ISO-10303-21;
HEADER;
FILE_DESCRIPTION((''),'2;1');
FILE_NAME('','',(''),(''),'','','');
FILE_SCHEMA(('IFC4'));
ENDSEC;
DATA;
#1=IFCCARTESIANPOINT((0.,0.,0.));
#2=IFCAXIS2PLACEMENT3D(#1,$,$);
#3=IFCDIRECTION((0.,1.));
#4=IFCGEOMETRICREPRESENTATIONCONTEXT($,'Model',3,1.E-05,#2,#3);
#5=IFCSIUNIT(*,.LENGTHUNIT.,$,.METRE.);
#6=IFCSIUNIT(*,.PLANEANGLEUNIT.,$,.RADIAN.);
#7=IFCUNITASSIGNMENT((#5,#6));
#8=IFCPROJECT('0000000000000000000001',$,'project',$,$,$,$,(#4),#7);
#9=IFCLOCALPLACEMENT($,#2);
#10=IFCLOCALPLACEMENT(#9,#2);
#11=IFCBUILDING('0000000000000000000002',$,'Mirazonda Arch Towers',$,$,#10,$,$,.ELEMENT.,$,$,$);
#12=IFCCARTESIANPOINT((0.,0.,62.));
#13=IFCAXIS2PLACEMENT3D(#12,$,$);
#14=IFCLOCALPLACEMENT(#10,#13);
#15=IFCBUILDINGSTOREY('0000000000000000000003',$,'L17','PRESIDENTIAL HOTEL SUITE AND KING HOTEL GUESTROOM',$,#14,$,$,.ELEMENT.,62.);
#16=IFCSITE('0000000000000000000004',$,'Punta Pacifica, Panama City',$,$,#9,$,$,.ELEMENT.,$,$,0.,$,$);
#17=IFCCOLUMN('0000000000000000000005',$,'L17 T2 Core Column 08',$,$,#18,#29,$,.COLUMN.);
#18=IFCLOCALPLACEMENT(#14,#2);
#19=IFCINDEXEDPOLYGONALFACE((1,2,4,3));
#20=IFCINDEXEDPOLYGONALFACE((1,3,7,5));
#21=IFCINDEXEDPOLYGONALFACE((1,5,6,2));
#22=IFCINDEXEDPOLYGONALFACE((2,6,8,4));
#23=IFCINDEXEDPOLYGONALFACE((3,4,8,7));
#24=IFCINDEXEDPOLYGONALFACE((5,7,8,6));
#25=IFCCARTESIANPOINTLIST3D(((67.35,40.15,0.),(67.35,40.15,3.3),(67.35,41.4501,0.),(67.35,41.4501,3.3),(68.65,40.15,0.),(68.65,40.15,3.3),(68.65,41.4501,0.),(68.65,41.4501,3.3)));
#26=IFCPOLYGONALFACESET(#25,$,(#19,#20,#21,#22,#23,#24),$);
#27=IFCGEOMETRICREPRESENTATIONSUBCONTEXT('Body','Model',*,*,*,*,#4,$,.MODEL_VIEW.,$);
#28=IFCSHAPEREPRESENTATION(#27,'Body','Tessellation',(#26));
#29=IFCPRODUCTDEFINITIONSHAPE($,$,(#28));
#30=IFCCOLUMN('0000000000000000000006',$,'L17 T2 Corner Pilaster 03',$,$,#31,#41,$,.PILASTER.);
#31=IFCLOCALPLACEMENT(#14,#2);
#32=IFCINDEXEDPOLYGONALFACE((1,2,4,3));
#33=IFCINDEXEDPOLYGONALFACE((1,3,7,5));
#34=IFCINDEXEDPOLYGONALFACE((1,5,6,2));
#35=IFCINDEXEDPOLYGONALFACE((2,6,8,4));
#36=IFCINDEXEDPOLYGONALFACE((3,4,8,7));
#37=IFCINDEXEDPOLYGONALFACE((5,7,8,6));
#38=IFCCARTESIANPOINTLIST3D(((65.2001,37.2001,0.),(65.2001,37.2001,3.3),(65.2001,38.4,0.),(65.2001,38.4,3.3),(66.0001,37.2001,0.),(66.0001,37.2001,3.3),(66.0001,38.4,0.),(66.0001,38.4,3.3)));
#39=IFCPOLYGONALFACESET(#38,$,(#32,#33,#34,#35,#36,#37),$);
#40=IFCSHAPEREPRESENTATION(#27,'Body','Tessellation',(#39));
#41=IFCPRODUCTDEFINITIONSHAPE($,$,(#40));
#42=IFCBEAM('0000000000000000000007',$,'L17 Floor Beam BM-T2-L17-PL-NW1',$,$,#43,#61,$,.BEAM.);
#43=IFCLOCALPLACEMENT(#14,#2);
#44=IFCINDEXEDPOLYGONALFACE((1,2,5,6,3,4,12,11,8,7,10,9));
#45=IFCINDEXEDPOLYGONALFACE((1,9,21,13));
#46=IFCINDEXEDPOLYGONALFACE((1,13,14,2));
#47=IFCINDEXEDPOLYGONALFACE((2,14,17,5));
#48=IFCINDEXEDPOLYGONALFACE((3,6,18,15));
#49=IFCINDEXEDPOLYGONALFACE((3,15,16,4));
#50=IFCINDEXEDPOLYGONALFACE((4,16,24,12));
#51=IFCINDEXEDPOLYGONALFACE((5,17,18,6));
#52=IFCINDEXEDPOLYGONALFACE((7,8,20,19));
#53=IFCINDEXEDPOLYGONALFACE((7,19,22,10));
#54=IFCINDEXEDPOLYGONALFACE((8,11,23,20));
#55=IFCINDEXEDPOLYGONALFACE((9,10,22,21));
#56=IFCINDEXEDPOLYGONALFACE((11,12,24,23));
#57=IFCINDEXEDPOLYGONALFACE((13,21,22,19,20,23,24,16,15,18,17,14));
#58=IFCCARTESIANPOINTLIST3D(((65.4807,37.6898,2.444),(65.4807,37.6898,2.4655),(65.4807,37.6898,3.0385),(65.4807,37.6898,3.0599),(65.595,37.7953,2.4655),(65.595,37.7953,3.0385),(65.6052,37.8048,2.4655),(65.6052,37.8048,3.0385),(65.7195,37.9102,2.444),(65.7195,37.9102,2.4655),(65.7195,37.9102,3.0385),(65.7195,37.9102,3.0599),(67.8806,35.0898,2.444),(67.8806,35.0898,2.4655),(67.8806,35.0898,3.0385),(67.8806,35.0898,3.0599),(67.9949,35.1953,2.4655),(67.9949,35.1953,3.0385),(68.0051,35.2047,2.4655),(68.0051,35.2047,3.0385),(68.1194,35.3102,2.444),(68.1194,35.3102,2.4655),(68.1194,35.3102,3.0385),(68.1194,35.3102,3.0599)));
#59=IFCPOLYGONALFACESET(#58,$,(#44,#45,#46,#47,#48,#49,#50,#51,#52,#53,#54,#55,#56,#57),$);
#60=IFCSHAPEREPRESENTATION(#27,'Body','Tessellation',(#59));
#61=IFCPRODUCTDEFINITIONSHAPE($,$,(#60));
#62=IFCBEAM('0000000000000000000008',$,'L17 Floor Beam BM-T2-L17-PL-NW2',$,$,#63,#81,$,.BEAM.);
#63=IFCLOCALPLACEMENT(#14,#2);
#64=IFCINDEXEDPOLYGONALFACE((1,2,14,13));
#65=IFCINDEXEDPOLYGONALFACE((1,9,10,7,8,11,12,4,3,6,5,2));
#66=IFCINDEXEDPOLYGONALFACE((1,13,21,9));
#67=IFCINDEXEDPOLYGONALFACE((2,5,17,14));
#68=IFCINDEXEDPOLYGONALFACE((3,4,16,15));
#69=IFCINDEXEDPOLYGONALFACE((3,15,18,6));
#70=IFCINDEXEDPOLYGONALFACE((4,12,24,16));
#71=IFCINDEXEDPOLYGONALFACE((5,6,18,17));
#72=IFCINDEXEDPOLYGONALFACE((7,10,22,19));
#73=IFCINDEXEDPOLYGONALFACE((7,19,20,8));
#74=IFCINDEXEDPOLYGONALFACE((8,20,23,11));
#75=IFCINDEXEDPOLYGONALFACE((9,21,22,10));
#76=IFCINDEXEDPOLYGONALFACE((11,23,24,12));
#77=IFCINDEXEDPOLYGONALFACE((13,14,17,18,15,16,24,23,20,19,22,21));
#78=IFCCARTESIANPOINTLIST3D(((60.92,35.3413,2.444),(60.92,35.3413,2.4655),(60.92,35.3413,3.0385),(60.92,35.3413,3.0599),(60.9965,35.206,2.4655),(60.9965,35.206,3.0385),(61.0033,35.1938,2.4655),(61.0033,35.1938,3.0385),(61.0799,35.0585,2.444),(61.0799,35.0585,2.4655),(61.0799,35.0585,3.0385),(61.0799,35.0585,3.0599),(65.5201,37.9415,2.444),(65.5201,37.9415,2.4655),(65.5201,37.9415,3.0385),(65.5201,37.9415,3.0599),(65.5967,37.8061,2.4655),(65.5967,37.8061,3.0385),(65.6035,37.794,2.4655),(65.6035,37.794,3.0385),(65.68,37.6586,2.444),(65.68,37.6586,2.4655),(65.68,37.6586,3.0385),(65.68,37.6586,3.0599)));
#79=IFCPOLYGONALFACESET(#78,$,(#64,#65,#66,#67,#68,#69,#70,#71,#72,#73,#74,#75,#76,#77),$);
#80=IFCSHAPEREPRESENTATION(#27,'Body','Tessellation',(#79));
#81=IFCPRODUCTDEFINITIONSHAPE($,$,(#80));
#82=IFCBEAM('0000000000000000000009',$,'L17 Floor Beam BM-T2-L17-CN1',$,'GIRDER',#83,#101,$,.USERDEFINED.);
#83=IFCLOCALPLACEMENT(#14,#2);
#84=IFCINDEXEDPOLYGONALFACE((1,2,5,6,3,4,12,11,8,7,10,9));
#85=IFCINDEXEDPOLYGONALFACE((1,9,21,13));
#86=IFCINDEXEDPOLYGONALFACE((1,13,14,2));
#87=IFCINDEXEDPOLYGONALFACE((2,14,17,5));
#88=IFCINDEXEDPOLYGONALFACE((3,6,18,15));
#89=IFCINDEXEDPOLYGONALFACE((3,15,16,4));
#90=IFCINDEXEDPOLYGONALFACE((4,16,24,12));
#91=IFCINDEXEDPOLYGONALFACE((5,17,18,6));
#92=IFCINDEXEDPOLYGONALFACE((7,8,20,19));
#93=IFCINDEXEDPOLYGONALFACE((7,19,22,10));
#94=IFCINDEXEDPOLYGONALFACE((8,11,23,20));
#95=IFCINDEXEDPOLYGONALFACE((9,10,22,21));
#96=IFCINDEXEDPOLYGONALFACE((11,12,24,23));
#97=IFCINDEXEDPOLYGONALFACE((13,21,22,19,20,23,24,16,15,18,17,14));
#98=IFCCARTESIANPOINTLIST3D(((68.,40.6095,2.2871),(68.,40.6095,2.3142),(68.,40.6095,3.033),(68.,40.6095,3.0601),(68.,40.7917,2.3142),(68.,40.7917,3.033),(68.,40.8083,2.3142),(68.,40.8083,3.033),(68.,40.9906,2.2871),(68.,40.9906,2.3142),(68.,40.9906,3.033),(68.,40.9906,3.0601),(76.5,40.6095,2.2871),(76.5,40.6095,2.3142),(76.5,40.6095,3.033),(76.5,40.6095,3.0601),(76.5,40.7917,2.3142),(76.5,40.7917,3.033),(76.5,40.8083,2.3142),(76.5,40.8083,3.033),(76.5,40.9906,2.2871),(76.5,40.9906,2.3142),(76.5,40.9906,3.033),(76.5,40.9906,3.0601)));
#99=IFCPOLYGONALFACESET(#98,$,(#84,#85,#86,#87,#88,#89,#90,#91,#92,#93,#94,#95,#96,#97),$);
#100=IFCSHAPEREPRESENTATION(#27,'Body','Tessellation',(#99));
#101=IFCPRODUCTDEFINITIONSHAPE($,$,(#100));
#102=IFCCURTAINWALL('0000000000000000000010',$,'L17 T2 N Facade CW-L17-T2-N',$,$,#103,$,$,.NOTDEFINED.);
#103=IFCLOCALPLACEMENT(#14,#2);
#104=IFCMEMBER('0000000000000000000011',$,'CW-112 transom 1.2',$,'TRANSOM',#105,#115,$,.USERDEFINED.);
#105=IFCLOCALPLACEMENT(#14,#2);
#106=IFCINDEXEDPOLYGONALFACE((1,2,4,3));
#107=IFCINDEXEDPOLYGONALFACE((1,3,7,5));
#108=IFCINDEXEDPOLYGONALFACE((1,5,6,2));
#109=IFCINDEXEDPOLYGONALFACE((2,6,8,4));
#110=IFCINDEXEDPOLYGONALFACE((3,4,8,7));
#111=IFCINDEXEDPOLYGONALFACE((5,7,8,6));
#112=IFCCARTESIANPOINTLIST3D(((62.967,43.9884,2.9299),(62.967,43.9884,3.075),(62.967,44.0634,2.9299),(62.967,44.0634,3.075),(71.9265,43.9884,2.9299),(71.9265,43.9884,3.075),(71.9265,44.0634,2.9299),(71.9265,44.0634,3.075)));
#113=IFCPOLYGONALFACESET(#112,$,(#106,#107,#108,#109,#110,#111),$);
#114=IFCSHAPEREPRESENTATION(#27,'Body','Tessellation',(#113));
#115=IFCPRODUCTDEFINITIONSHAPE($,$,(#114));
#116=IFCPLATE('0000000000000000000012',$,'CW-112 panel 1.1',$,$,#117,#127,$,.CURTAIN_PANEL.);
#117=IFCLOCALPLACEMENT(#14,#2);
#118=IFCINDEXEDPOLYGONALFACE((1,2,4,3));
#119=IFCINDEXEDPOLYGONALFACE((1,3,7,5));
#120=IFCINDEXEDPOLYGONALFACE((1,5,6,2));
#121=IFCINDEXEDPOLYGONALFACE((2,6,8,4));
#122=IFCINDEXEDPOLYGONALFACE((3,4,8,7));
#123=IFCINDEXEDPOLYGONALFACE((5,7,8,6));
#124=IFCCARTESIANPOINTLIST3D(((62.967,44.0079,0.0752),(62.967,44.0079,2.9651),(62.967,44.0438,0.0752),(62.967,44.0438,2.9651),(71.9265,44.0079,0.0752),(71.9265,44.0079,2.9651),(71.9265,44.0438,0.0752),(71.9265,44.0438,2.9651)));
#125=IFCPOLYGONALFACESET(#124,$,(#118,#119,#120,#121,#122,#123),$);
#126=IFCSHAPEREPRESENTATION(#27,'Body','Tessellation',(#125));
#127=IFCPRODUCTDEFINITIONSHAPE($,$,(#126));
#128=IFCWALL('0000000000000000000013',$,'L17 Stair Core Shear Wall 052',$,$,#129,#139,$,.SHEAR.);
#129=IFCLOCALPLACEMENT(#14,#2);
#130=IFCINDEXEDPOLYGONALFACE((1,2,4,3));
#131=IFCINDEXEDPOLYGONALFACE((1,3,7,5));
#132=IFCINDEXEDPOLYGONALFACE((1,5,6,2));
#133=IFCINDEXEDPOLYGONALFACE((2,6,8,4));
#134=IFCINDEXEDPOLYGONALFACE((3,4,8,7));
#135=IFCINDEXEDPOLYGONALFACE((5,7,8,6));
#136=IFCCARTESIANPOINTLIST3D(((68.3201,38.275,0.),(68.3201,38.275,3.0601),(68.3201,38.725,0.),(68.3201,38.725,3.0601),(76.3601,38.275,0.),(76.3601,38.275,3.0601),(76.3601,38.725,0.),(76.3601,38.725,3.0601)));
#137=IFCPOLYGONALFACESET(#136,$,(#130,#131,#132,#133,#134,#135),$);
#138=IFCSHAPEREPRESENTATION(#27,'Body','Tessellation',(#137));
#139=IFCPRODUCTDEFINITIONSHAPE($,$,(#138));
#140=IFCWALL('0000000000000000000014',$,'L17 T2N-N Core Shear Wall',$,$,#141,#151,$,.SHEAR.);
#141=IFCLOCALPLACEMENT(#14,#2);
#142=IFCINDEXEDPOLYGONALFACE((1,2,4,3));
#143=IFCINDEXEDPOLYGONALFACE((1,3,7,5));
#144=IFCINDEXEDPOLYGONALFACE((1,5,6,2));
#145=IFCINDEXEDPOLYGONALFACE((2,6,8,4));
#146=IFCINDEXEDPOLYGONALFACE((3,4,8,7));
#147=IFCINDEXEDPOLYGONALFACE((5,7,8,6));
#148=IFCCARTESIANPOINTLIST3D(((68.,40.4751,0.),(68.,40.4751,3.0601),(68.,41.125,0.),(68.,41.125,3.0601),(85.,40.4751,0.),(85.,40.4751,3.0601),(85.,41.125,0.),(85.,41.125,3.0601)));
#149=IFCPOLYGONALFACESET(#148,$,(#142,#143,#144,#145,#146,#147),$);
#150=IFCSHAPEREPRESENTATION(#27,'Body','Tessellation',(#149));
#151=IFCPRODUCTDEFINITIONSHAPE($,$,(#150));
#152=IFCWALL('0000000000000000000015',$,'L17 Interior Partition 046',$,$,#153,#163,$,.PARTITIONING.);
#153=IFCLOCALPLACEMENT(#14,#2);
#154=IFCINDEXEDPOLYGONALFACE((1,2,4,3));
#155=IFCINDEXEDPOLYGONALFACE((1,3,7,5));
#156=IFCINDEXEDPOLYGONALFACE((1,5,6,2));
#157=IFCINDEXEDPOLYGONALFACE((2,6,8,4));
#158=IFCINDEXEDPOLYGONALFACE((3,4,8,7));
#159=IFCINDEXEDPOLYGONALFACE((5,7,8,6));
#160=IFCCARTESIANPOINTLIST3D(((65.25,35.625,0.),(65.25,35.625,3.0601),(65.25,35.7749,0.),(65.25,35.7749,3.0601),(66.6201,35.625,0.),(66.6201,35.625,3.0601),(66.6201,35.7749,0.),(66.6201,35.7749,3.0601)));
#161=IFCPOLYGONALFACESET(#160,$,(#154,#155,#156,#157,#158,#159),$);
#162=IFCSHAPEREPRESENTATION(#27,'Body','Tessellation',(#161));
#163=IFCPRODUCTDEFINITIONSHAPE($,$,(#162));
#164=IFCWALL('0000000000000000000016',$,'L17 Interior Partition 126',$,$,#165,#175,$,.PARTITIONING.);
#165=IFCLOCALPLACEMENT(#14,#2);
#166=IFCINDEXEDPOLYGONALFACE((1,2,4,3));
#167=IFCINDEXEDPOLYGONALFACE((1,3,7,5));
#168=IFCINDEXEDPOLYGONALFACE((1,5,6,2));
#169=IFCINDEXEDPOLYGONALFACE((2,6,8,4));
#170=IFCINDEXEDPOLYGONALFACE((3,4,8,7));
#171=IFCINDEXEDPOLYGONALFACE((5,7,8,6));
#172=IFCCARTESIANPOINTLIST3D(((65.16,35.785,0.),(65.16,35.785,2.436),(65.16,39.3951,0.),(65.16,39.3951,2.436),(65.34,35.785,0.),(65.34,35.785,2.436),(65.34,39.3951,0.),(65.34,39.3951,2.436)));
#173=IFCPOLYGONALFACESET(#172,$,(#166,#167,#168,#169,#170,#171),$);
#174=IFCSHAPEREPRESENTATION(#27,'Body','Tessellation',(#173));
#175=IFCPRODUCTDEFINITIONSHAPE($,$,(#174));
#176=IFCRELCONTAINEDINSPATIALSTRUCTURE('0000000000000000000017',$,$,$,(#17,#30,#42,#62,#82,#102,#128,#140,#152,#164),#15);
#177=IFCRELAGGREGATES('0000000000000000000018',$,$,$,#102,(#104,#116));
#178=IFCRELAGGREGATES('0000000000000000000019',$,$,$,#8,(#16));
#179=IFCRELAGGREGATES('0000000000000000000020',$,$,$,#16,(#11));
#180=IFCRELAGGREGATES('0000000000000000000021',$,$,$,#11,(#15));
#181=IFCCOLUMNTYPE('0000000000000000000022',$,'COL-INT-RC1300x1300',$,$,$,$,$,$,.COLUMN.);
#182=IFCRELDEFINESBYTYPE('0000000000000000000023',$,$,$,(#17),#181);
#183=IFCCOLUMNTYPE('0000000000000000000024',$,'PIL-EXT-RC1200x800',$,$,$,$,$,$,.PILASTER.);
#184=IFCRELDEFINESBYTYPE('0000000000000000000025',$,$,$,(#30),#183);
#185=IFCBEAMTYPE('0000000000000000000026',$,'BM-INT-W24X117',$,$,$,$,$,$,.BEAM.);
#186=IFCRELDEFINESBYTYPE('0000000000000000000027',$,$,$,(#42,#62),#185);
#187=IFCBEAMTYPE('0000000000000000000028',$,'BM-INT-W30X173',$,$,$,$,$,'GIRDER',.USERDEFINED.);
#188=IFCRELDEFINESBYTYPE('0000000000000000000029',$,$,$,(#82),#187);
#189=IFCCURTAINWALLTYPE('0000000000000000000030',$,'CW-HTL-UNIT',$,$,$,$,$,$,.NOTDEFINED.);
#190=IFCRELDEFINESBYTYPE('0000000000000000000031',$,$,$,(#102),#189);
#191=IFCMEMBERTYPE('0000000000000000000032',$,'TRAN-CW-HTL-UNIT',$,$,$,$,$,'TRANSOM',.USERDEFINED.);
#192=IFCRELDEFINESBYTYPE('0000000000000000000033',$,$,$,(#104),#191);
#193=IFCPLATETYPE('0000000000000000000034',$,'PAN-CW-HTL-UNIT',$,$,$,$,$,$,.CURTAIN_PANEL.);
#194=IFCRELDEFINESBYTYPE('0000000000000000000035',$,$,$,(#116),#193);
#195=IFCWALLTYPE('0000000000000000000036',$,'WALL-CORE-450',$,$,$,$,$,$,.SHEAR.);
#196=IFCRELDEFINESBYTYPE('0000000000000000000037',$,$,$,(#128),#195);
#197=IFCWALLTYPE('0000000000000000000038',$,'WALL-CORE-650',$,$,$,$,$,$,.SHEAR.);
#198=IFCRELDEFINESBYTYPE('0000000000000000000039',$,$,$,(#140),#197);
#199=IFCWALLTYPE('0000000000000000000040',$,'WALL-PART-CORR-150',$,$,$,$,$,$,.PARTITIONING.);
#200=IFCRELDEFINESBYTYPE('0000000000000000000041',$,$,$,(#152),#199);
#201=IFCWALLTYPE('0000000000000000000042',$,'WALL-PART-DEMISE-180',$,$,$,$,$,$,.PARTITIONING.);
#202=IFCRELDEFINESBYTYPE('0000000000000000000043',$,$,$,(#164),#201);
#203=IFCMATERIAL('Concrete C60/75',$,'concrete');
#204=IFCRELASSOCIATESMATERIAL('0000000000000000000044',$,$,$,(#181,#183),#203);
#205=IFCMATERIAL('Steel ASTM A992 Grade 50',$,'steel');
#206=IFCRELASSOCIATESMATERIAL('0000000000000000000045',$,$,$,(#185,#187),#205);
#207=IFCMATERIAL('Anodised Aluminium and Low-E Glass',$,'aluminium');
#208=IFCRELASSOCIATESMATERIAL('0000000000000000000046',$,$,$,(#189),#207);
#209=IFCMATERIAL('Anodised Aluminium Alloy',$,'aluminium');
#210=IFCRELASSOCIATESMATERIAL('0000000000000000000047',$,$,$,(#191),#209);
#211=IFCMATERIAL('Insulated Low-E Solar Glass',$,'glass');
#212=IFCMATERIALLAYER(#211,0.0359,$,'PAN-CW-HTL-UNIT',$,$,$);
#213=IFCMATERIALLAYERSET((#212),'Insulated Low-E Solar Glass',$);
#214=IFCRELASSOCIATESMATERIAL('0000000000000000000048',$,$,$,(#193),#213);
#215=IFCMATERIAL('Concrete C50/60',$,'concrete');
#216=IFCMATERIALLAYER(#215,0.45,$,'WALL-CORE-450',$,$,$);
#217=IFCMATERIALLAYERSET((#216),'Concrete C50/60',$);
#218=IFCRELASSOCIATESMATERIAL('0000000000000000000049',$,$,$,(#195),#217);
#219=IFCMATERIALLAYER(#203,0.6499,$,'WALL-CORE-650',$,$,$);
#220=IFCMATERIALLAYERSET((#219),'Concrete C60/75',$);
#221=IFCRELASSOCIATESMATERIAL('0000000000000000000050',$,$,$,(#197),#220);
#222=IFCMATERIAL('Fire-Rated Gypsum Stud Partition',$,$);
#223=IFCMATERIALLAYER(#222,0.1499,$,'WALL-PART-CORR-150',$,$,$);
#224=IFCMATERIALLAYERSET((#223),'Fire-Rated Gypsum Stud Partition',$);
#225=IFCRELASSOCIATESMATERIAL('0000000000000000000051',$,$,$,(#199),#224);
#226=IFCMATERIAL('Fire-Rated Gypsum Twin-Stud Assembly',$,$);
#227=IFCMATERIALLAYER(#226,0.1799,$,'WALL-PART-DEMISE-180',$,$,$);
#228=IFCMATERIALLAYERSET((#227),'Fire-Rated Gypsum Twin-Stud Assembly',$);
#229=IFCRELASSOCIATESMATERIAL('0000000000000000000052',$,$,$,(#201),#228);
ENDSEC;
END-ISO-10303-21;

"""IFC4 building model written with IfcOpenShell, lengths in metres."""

from ifc_helpers import new_model, si_unit, direction, frame, frame_2d, origin, origin_2d, place, context, subcontext, project, spatial, rectangle, i_section, extrude, material, layer, layer_set, material_profile, profile_set, type_object, element, aggregate, save


model = new_model("IFC4")

# Units and contexts
model_context = context("Model", 3, precision=1e-05, world=origin(), true_north=direction((0.0, 1.0)))
body_context = subcontext(model_context, "Body", "Model", "MODEL_VIEW")
ifc_project = project(units=[si_unit("LENGTHUNIT", "METRE"), si_unit("PLANEANGLEUNIT", "RADIAN")], contexts=[model_context])

# Site, building, storey
site_placement = place(None, origin())
site = spatial("IfcSite", under=ifc_project, at=site_placement, Name="Punta Pacifica, Panama City", CompositionType="ELEMENT", RefElevation=0.0)
building_placement = place(site_placement, origin())
building = spatial("IfcBuilding", under=site, at=building_placement, Name="Mirazonda Arch Towers", CompositionType="ELEMENT")
storey_placement = place(building_placement, frame((0.0, 0.0, 62.0)))
storey = spatial("IfcBuildingStorey", under=building, at=storey_placement, Name="L17", Description="PRESIDENTIAL HOTEL SUITE AND KING HOTEL GUESTROOM", CompositionType="ELEMENT", Elevation=62.0)

# Columns
ifc_material_1 = material(Name="Concrete C60/75", Category="concrete")
ifc_material_profile_1 = material_profile(ifc_material_1, rectangle(XDim=1.3, YDim=1.3, at=origin_2d()), Name="RC1300x1300")
ifc_profile_set_1 = profile_set([ifc_material_profile_1], Name="Concrete C60/75")
column_type_1 = type_object("IfcColumnType", Name="COL-INT-RC1300x1300", PredefinedType="COLUMN", material=ifc_profile_set_1)
column_1_placement = place(storey_placement, frame((68.0, 40.8, 0.0), z_axis=(0.0, 0.0, 1.0), x_axis=(1.0, 0.0, 0.0)))
element("IfcColumn", 1, at=column_1_placement, inside=storey, type_object=column_type_1, Name="L17 T2 Core Column 08", PredefinedType="COLUMN", context=body_context, shape_type="SweptSolid", body=[
    extrude(rectangle(XDim=1.3, YDim=1.3, at=origin_2d()), origin(), (0.0, 0.0, 1.0), 3.3),
])
ifc_material_profile_2 = material_profile(ifc_material_1, rectangle(XDim=0.8, YDim=1.2, at=origin_2d()), Name="RC1200x800")
ifc_profile_set_2 = profile_set([ifc_material_profile_2], Name="Concrete C60/75")
column_type_2 = type_object("IfcColumnType", Name="PIL-EXT-RC1200x800", PredefinedType="PILASTER", material=ifc_profile_set_2)
column_2_placement = place(storey_placement, frame((65.6001, 37.8, 0.0), z_axis=(0.0, 0.0, 1.0), x_axis=(1.0, 0.0, 0.0)))
element("IfcColumn", 2, at=column_2_placement, inside=storey, type_object=column_type_2, Name="L17 T2 Corner Pilaster 03", PredefinedType="PILASTER", context=body_context, shape_type="SweptSolid", body=[
    extrude(rectangle(XDim=0.8, YDim=1.2, at=origin_2d()), origin(), (0.0, 0.0, 1.0), 3.3),
])

# Beams
ifc_material_2 = material(Name="Steel ASTM A992 Grade 50", Category="steel")
ifc_material_profile_3 = material_profile(ifc_material_2, i_section(OverallWidth=0.325, OverallDepth=0.616, WebThickness=0.0139, FlangeThickness=0.0215, at=origin_2d()), Name="W24X117")
ifc_profile_set_3 = profile_set([ifc_material_profile_3], Name="Steel ASTM A992 Grade 50")
beam_type_1 = type_object("IfcBeamType", Name="BM-INT-W24X117", PredefinedType="BEAM", material=ifc_profile_set_3)
beam_1_placement = place(storey_placement, frame((65.6001, 37.8, 2.752), z_axis=(0.678251, -0.73483, 0.0), x_axis=(0.73483, 0.678251, 0.0)))
element("IfcBeam", 3, at=beam_1_placement, inside=storey, type_object=beam_type_1, Name="L17 Floor Beam BM-T2-L17-PL-NW1", PredefinedType="BEAM", context=body_context, shape_type="SweptSolid", body=[
    extrude(i_section(OverallWidth=0.325, OverallDepth=0.616, WebThickness=0.0139, FlangeThickness=0.0215, at=origin_2d()), origin(), (0.0, 0.0, 1.0), 3.5383),
])
beam_2_placement = place(storey_placement, frame((65.6001, 37.8, 2.752), z_axis=(-0.870559, -0.492063, 0.0), x_axis=(0.492063, -0.870559, 0.0)))
element("IfcBeam", 4, at=beam_2_placement, inside=storey, type_object=beam_type_1, Name="L17 Floor Beam BM-T2-L17-PL-NW2", PredefinedType="BEAM", context=body_context, shape_type="SweptSolid", body=[
    extrude(i_section(OverallWidth=0.325, OverallDepth=0.616, WebThickness=0.0139, FlangeThickness=0.0215, at=origin_2d()), origin(), (0.0, 0.0, 1.0), 5.2842),
])
ifc_material_profile_4 = material_profile(ifc_material_2, i_section(OverallWidth=0.3811, OverallDepth=0.7729, WebThickness=0.0166, FlangeThickness=0.0271, at=origin_2d()), Name="W30X173")
ifc_profile_set_4 = profile_set([ifc_material_profile_4], Name="Steel ASTM A992 Grade 50")
beam_type_2 = type_object("IfcBeamType", Name="BM-INT-W30X173", ElementType="GIRDER", PredefinedType="USERDEFINED", material=ifc_profile_set_4)
beam_3_placement = place(storey_placement, frame((68.0, 40.8, 2.6736), z_axis=(1.0, 0.0, 0.0), x_axis=(0.0, 1.0, 0.0)))
element("IfcBeam", 5, at=beam_3_placement, inside=storey, type_object=beam_type_2, Name="L17 Floor Beam BM-T2-L17-CN1", ObjectType="GIRDER", PredefinedType="USERDEFINED", context=body_context, shape_type="SweptSolid", body=[
    extrude(i_section(OverallWidth=0.3811, OverallDepth=0.7729, WebThickness=0.0166, FlangeThickness=0.0271, at=origin_2d()), origin(), (0.0, 0.0, 1.0), 8.5),
])

# Curtain wall, member, plate
ifc_material_3 = material(Name="Anodised Aluminium and Low-E Glass", Category="aluminium")
curtain_wall_type = type_object("IfcCurtainWallType", Name="CW-HTL-UNIT", PredefinedType="NOTDEFINED", material=ifc_material_3)
curtain_wall_placement = place(storey_placement, origin())
curtain_wall = element("IfcCurtainWall", 6, at=curtain_wall_placement, inside=storey, type_object=curtain_wall_type, Name="L17 T2 N Facade CW-L17-T2-N", PredefinedType="NOTDEFINED")
ifc_material_4 = material(Name="Anodised Aluminium Alloy", Category="aluminium")
ifc_material_profile_5 = material_profile(ifc_material_4, rectangle(XDim=0.075, YDim=0.145, at=origin_2d()), Name="ALU-TRAN-75x145")
ifc_profile_set_5 = profile_set([ifc_material_profile_5], Name="Anodised Aluminium Alloy")
member_type = type_object("IfcMemberType", Name="TRAN-CW-HTL-UNIT", ElementType="TRANSOM", PredefinedType="USERDEFINED", material=ifc_profile_set_5)
member_placement = place(storey_placement, frame((62.967, 44.0259, 3.0024), z_axis=(1.0, 0.0, 0.0), x_axis=(0.0, 1.0, 0.0)))
member = element("IfcMember", 7, at=member_placement, type_object=member_type, Name="CW-112 transom 1.2", ObjectType="TRANSOM", PredefinedType="USERDEFINED", context=body_context, shape_type="SweptSolid", body=[
    extrude(rectangle(XDim=0.075, YDim=0.145, at=origin_2d()), origin(), (0.0, 0.0, 1.0), 8.9595),
])
ifc_material_5 = material(Name="Insulated Low-E Solar Glass", Category="glass")
ifc_layer_1 = layer(ifc_material_5, 0.0359, Name="PAN-CW-HTL-UNIT")
ifc_layer_set_1 = layer_set([ifc_layer_1], Name="Insulated Low-E Solar Glass")
plate_type = type_object("IfcPlateType", Name="PAN-CW-HTL-UNIT", PredefinedType="CURTAIN_PANEL", material=ifc_layer_set_1)
plate_placement = place(storey_placement, frame((67.4468, 44.0259, 0.0752), z_axis=(0.0, 0.0, 1.0), x_axis=(1.0, 0.0, 0.0)))
plate = element("IfcPlate", 8, at=plate_placement, type_object=plate_type, Name="CW-112 panel 1.1", PredefinedType="CURTAIN_PANEL", context=body_context, shape_type="SweptSolid", body=[
    extrude(rectangle(XDim=8.9595, YDim=0.0359, at=origin_2d()), origin(), (0.0, 0.0, 1.0), 2.8899),
])
aggregate(curtain_wall, [member, plate])

# Walls
ifc_material_6 = material(Name="Concrete C50/60", Category="concrete")
ifc_layer_2 = layer(ifc_material_6, 0.45, Name="WALL-CORE-450")
ifc_layer_set_2 = layer_set([ifc_layer_2], Name="Concrete C50/60")
wall_type_1 = type_object("IfcWallType", Name="WALL-CORE-450", PredefinedType="SHEAR", material=ifc_layer_set_2)
wall_1_placement = place(storey_placement, frame((68.3201, 38.5, 0.0), z_axis=(0.0, 0.0, 1.0), x_axis=(1.0, 0.0, 0.0)))
element("IfcWall", 9, at=wall_1_placement, inside=storey, type_object=wall_type_1, Name="L17 Stair Core Shear Wall 052", PredefinedType="SHEAR", context=body_context, shape_type="SweptSolid", body=[
    extrude(rectangle(XDim=8.04, YDim=0.45, at=frame_2d((4.02, 0.0))), origin(), (0.0, 0.0, 1.0), 3.0601),
])
ifc_layer_3 = layer(ifc_material_1, 0.6499, Name="WALL-CORE-650")
ifc_layer_set_3 = layer_set([ifc_layer_3], Name="Concrete C60/75")
wall_type_2 = type_object("IfcWallType", Name="WALL-CORE-650", PredefinedType="SHEAR", material=ifc_layer_set_3)
wall_2_placement = place(storey_placement, frame((68.0, 40.8, 0.0), z_axis=(0.0, 0.0, 1.0), x_axis=(1.0, 0.0, 0.0)))
element("IfcWall", 10, at=wall_2_placement, inside=storey, type_object=wall_type_2, Name="L17 T2N-N Core Shear Wall", PredefinedType="SHEAR", context=body_context, shape_type="SweptSolid", body=[
    extrude(rectangle(XDim=17.0, YDim=0.6499, at=frame_2d((8.5, 0.0))), origin(), (0.0, 0.0, 1.0), 3.0601),
])
ifc_material_7 = material(Name="Fire-Rated Gypsum Stud Partition")
ifc_layer_4 = layer(ifc_material_7, 0.1499, Name="WALL-PART-CORR-150")
ifc_layer_set_4 = layer_set([ifc_layer_4], Name="Fire-Rated Gypsum Stud Partition")
wall_type_3 = type_object("IfcWallType", Name="WALL-PART-CORR-150", PredefinedType="PARTITIONING", material=ifc_layer_set_4)
wall_3_placement = place(storey_placement, frame((65.25, 35.7, 0.0), z_axis=(0.0, 0.0, 1.0), x_axis=(1.0, 0.0, 0.0)))
element("IfcWall", 11, at=wall_3_placement, inside=storey, type_object=wall_type_3, Name="L17 Interior Partition 046", PredefinedType="PARTITIONING", context=body_context, shape_type="SweptSolid", body=[
    extrude(rectangle(XDim=1.3701, YDim=0.1499, at=frame_2d((0.6851, 0.0))), origin(), (0.0, 0.0, 1.0), 3.0601),
])
ifc_material_8 = material(Name="Fire-Rated Gypsum Twin-Stud Assembly")
ifc_layer_5 = layer(ifc_material_8, 0.1799, Name="WALL-PART-DEMISE-180")
ifc_layer_set_5 = layer_set([ifc_layer_5], Name="Fire-Rated Gypsum Twin-Stud Assembly")
wall_type_4 = type_object("IfcWallType", Name="WALL-PART-DEMISE-180", PredefinedType="PARTITIONING", material=ifc_layer_set_5)
wall_4_placement = place(storey_placement, frame((65.25, 35.7849, 0.0), z_axis=(0.0, 0.0, 1.0), x_axis=(0.0, 1.0, 0.0)))
element("IfcWall", 12, at=wall_4_placement, inside=storey, type_object=wall_type_4, Name="L17 Interior Partition 126", PredefinedType="PARTITIONING", context=body_context, shape_type="SweptSolid", body=[
    extrude(rectangle(XDim=3.6101, YDim=0.1799, at=frame_2d((1.8052, 0.0))), origin(), (0.0, 0.0, 1.0), 2.436),
])

save(model, "model.ifc")
